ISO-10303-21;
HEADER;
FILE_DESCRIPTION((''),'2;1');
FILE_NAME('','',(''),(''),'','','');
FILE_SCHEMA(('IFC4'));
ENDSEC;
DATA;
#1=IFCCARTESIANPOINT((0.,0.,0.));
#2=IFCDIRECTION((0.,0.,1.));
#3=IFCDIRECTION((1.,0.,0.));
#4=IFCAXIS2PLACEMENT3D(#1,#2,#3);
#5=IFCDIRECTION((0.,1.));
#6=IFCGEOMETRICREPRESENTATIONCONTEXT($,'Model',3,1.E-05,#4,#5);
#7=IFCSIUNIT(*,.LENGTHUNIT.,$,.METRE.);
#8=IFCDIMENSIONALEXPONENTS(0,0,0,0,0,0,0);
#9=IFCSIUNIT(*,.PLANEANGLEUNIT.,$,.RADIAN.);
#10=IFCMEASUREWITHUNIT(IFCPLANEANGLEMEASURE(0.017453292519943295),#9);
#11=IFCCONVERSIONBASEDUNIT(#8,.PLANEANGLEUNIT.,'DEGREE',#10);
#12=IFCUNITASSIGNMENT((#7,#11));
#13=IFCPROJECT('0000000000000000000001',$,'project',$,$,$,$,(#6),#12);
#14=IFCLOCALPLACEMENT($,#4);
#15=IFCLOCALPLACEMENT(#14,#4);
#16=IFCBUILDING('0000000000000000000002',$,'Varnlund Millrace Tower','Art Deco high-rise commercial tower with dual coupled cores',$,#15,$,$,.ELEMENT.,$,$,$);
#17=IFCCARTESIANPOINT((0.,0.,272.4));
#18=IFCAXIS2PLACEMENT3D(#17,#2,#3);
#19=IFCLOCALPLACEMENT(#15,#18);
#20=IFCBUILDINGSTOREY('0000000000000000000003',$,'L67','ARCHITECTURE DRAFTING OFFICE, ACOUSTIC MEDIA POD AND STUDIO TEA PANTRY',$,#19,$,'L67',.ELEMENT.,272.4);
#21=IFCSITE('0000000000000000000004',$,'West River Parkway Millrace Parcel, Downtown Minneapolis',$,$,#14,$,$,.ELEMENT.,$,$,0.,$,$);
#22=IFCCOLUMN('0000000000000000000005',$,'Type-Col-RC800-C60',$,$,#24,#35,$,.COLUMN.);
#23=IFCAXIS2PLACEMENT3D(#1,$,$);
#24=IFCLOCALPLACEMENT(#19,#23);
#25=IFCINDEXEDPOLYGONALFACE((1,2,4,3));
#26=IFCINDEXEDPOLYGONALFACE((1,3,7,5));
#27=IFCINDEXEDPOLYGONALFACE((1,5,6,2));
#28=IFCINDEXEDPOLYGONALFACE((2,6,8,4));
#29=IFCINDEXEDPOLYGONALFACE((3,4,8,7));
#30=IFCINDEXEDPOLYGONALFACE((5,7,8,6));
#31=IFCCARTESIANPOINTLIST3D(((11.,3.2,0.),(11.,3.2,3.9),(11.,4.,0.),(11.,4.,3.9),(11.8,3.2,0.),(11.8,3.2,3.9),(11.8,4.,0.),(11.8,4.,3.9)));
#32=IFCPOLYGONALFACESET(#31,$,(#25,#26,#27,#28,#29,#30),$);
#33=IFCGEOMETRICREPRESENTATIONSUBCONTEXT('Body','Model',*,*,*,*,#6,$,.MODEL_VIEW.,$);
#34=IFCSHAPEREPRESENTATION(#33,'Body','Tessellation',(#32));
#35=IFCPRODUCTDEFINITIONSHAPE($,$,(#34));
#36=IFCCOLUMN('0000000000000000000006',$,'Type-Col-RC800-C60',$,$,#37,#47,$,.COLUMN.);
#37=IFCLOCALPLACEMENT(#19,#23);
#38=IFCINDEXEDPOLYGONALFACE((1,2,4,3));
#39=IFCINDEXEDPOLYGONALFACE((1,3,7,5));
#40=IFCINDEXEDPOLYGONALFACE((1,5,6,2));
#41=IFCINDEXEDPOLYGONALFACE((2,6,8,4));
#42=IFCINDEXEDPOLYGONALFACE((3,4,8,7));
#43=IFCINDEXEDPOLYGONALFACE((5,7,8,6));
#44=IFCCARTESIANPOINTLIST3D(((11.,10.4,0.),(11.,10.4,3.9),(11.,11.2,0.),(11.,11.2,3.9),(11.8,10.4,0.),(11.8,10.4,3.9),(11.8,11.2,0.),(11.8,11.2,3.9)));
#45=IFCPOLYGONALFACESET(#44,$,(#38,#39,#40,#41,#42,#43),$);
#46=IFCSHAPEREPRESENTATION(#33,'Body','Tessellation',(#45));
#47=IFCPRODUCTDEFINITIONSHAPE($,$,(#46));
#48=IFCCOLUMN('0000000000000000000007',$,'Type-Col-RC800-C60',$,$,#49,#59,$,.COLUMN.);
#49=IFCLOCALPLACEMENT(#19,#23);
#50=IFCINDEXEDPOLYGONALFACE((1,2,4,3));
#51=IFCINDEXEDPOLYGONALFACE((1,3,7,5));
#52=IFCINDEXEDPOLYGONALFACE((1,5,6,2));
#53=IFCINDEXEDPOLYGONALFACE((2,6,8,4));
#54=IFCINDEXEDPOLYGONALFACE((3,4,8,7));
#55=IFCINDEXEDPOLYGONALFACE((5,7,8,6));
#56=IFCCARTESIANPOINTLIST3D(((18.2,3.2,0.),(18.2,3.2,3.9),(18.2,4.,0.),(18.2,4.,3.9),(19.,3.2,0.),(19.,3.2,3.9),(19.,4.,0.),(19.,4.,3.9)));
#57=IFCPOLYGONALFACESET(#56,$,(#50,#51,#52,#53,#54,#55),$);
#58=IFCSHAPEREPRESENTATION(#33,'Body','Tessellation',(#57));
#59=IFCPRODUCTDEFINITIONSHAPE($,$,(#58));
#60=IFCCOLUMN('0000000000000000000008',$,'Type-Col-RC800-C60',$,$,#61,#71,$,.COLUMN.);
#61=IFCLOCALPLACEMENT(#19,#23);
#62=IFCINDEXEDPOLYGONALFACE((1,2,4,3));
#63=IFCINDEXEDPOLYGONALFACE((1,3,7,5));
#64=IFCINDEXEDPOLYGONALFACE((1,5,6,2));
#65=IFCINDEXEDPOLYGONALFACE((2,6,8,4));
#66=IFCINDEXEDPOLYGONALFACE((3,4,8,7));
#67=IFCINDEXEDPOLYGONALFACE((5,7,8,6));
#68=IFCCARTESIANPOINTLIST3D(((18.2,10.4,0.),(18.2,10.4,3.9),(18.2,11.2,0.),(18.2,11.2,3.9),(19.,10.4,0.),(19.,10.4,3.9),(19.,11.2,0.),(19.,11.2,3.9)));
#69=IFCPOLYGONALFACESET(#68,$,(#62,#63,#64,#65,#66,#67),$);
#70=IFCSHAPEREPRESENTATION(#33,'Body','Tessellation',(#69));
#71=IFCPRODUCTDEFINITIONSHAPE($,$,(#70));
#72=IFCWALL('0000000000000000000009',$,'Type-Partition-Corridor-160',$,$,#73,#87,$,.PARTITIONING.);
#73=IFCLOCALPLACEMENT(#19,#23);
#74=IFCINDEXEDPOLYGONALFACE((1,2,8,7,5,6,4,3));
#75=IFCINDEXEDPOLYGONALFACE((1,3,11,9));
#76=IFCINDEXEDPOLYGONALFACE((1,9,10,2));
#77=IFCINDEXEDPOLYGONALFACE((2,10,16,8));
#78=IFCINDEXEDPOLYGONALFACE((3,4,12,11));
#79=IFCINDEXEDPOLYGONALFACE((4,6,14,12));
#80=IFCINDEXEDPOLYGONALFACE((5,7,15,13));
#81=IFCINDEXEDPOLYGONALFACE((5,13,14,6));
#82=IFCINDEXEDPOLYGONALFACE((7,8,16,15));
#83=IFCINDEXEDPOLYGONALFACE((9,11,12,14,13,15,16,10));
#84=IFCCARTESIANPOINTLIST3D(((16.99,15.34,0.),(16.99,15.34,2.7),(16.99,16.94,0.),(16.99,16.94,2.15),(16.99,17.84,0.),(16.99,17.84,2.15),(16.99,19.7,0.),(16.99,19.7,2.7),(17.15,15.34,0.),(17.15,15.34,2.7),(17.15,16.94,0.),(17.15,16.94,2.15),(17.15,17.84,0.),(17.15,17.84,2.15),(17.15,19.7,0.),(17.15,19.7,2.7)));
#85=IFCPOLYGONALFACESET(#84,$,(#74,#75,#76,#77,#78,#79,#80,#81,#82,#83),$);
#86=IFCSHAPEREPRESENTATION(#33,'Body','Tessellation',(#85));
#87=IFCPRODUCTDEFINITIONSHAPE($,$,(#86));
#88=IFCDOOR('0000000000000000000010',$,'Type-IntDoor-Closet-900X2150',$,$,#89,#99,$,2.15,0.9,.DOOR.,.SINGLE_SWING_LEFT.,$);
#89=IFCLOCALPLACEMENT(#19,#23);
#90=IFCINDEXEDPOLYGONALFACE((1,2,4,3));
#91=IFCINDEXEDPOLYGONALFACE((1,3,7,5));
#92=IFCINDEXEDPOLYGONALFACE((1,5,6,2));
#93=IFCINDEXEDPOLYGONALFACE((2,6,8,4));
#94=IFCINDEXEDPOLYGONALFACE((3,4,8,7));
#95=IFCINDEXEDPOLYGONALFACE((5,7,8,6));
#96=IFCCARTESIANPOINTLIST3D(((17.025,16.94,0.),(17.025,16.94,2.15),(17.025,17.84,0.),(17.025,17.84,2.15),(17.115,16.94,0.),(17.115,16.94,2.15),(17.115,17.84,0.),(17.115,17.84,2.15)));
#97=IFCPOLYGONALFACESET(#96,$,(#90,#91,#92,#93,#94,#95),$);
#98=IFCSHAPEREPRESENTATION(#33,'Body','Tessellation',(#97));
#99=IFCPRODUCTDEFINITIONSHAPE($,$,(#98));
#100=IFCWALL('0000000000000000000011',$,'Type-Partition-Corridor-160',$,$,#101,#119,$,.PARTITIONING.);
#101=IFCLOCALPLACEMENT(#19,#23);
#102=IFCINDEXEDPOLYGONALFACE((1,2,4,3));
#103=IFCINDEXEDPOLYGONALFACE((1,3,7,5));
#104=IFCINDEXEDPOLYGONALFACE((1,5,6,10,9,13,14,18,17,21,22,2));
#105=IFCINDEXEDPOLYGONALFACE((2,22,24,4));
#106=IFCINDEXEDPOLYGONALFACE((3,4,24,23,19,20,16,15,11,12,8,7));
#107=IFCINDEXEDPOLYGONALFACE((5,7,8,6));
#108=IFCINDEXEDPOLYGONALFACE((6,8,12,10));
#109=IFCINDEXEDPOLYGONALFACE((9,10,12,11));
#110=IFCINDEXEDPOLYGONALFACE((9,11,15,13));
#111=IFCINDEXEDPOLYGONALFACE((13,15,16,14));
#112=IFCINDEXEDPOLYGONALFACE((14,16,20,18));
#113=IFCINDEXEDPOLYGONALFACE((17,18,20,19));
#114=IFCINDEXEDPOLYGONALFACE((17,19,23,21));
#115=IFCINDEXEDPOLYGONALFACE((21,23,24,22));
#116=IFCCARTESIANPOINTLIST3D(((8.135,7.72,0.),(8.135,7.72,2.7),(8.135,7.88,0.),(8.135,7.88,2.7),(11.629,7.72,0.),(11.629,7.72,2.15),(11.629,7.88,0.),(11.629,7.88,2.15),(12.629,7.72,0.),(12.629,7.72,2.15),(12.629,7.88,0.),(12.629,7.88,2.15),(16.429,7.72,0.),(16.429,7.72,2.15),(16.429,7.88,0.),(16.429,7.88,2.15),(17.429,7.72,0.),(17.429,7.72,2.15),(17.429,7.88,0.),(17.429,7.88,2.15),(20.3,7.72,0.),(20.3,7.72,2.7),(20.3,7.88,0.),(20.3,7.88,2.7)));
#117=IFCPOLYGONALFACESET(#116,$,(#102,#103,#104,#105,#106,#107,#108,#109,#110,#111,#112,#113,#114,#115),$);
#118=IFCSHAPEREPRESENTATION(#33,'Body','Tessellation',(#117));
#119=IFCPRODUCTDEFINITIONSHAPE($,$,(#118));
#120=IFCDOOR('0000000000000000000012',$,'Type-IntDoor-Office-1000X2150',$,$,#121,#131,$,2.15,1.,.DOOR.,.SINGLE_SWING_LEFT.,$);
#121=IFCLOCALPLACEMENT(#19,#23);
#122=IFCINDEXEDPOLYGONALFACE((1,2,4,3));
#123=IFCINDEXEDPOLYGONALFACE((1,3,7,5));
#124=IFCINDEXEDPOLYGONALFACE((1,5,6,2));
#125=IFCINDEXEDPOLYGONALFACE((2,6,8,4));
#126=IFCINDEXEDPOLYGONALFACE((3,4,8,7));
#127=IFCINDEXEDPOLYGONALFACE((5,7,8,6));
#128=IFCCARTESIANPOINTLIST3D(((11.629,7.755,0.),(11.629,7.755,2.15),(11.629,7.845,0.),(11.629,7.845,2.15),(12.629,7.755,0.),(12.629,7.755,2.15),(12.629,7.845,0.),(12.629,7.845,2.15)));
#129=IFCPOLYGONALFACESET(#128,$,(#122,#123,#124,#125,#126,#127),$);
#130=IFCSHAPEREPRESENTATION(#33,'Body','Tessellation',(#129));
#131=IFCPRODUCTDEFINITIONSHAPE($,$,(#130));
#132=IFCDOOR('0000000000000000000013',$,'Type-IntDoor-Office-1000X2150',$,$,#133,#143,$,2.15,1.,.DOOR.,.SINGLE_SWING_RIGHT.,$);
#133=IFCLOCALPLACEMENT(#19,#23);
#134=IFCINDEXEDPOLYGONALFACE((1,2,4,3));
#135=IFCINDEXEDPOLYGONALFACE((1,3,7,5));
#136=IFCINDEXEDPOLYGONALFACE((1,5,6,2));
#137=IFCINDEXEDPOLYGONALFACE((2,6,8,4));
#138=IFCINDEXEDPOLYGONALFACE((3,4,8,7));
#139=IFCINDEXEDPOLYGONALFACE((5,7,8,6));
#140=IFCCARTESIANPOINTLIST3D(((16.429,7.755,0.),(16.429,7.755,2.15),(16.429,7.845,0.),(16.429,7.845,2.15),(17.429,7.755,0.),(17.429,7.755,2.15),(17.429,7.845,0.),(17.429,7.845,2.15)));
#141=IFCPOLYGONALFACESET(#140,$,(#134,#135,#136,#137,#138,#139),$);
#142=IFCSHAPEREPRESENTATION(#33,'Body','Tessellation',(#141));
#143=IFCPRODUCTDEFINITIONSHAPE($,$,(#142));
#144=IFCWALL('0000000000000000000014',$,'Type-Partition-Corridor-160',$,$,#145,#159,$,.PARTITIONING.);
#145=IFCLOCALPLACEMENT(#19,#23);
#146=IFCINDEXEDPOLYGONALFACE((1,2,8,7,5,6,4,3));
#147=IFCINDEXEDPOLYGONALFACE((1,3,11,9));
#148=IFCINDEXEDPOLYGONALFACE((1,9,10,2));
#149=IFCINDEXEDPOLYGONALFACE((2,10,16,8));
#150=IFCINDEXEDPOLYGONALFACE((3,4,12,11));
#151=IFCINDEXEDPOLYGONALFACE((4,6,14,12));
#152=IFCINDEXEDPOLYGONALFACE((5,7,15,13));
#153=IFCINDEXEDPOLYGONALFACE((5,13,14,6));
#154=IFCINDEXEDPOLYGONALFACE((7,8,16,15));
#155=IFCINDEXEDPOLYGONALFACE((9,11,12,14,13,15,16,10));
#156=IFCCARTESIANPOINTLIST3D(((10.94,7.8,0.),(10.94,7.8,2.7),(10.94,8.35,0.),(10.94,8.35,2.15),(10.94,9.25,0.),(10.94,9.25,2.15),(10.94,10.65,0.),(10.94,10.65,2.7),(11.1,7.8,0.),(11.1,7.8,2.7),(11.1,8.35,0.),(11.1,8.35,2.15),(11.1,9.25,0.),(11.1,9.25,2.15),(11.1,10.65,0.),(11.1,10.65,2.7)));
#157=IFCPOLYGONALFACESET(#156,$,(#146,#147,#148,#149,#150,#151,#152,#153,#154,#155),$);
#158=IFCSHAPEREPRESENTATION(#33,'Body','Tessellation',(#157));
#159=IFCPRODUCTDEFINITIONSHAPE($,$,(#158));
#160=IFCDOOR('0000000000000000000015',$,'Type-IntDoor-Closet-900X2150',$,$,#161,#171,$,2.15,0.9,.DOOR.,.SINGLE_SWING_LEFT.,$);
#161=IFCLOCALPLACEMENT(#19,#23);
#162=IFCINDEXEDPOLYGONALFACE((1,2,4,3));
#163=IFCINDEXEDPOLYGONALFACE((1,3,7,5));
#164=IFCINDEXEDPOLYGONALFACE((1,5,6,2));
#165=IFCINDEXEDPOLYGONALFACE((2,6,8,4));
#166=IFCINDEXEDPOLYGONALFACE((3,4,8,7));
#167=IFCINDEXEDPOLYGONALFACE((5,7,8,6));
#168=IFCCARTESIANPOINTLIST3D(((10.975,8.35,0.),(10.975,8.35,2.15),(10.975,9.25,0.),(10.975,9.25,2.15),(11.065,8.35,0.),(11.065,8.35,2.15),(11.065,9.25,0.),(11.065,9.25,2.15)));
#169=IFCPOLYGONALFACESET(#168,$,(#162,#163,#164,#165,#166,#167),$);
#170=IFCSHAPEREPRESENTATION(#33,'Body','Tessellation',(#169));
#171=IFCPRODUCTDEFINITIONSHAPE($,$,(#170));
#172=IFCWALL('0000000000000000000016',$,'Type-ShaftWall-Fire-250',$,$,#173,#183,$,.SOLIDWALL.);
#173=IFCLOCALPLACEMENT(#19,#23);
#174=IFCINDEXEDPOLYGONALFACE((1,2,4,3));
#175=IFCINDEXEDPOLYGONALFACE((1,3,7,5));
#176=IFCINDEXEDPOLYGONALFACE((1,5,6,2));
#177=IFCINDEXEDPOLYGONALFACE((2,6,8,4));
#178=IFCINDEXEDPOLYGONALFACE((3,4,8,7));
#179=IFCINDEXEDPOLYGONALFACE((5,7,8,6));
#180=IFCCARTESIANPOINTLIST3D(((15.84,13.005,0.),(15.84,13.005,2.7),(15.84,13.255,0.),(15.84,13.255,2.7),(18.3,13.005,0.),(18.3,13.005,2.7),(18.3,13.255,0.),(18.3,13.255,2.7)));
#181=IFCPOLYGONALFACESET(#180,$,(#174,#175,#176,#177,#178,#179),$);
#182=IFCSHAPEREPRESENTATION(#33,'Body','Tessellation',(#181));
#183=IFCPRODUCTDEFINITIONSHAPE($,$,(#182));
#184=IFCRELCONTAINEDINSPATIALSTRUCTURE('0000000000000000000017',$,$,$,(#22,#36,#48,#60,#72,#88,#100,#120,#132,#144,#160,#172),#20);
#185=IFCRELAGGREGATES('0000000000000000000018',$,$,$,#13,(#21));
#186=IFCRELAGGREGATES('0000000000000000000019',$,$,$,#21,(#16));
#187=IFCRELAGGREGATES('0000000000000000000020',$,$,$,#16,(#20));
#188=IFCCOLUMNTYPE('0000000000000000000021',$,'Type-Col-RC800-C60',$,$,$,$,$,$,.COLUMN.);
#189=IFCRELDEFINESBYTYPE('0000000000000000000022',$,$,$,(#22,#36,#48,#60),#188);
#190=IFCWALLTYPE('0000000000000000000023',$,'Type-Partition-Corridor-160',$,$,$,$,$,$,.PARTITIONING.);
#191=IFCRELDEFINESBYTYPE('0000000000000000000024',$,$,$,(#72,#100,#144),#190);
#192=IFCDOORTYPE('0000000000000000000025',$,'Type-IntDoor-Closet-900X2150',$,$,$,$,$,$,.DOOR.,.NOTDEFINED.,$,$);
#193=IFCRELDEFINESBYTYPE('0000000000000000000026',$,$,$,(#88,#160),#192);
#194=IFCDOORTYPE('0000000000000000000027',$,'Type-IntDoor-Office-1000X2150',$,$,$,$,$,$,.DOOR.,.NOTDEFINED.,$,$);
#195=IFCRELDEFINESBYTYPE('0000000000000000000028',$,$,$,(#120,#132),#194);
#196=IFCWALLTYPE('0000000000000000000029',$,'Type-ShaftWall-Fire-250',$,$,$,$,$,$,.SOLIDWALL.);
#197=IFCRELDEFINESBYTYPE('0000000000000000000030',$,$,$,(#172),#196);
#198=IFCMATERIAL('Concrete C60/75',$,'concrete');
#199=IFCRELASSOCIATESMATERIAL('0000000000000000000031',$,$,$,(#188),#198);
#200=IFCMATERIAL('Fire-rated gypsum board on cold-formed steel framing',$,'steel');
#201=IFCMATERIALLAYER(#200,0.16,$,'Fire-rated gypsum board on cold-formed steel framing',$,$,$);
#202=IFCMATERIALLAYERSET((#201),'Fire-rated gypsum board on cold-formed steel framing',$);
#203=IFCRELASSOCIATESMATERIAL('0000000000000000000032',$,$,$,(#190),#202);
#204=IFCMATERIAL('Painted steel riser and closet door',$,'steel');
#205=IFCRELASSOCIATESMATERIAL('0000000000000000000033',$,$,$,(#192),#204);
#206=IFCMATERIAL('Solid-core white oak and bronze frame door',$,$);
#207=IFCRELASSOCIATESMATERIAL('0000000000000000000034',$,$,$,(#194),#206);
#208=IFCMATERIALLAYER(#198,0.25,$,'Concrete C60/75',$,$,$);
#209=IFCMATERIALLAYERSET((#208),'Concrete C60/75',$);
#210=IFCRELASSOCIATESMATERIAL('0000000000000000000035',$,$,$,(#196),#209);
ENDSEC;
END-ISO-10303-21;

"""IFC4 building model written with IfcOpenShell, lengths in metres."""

from ifc_helpers import new_model, entity, si_unit, converted_unit, direction, frame, origin_with_axes, origin_2d_with_axis, place, context, subcontext, project, spatial, polyline, rectangle, outline, extrude, material, layer, layer_set, material_profile, profile_set, type_object, element, fill, save


model = new_model("IFC4")

# Units and contexts
model_context = context("Model", 3, precision=1e-05, world=origin_with_axes(), true_north=direction((0.0, 1.0)))
body_context = subcontext(model_context, "Body", "Model", "MODEL_VIEW")
ifc_project = project(units=[si_unit("LENGTHUNIT", "METRE"), converted_unit("PLANEANGLEUNIT", "DEGREE", entity("IfcPlaneAngleMeasure", 0.017453292519943295), si_unit("PLANEANGLEUNIT", "RADIAN"), dimensions=[0, 0, 0, 0, 0, 0, 0])], contexts=[model_context])

# Site, building, storey
site_placement = place(None, origin_with_axes())
site = spatial("IfcSite", under=ifc_project, at=site_placement, Name="West River Parkway Millrace Parcel, Downtown Minneapolis", CompositionType="ELEMENT", RefElevation=0.0)
building_placement = place(site_placement, origin_with_axes())
building = spatial("IfcBuilding", under=site, at=building_placement, Name="Varnlund Millrace Tower", Description="Art Deco high-rise commercial tower with dual coupled cores", CompositionType="ELEMENT")
storey_placement = place(building_placement, frame((0.0, 0.0, 272.4), z_axis=(0.0, 0.0, 1.0), x_axis=(1.0, 0.0, 0.0)))
storey = spatial("IfcBuildingStorey", under=building, at=storey_placement, Name="L67", Description="ARCHITECTURE DRAFTING OFFICE, ACOUSTIC MEDIA POD AND STUDIO TEA PANTRY", LongName="L67", CompositionType="ELEMENT", Elevation=272.4)

# Columns
ifc_material_1 = material(Name="Concrete C60/75", Category="concrete")
ifc_material_profile = material_profile(ifc_material_1, rectangle(XDim=0.8, YDim=0.8, at=origin_2d_with_axis()), Name="Concrete C60/75")
ifc_profile_set = profile_set([ifc_material_profile], Name="Concrete C60/75")
column_type = type_object("IfcColumnType", Name="Type-Col-RC800-C60", PredefinedType="COLUMN", material=ifc_profile_set)
for number, where, z_axis, x_axis, name in (
    (1, (11.4, 3.6, 0.0), (0.0, 0.0, 1.0), (1.0, 0.0, 0.0), "Type-Col-RC800-C60"),
    (2, (11.4, 10.8, 0.0), (0.0, 0.0, 1.0), (1.0, 0.0, 0.0), "Type-Col-RC800-C60"),
    (3, (18.6, 3.6, 0.0), (0.0, 0.0, 1.0), (1.0, 0.0, 0.0), "Type-Col-RC800-C60"),
    (4, (18.6, 10.8, 0.0), (0.0, 0.0, 1.0), (1.0, 0.0, 0.0), "Type-Col-RC800-C60"),
):
    element("IfcColumn", number, at=place(storey_placement, frame(where, z_axis=z_axis, x_axis=x_axis)), inside=storey, type_object=column_type, Name=name, PredefinedType="COLUMN", context=body_context, shape_type="SweptSolid", body=[
        extrude(rectangle(XDim=0.8, YDim=0.8, at=origin_2d_with_axis()), origin_with_axes(), (0.0, 0.0, 1.0), 3.9),
    ])

# Wall, opening, door
ifc_material_2 = material(Name="Fire-rated gypsum board on cold-formed steel framing", Category="steel")
ifc_layer_1 = layer(ifc_material_2, 0.16, Name="Fire-rated gypsum board on cold-formed steel framing")
ifc_layer_set_1 = layer_set([ifc_layer_1], Name="Fire-rated gypsum board on cold-formed steel framing")
wall_type_1 = type_object("IfcWallType", Name="Type-Partition-Corridor-160", PredefinedType="PARTITIONING", material=ifc_layer_set_1)
wall_1_placement = place(storey_placement, frame((17.07, 15.34, 0.0), z_axis=(0.0, 0.0, 1.0), x_axis=(0.0, 1.0, 0.0)))
wall_1 = element("IfcWall", 5, at=wall_1_placement, inside=storey, type_object=wall_type_1, Name="Type-Partition-Corridor-160", PredefinedType="PARTITIONING", context=body_context, shape_type="SweptSolid", body=[
    extrude(outline(polyline([(0.0, -0.08), (4.36, -0.08), (4.36, 0.08), (0.0, 0.08), (0.0, -0.08)])), origin_with_axes(), (0.0, 0.0, 1.0), 2.7),
])
opening_1_placement = place(wall_1_placement, frame((2.05, 0.0, 0.0), z_axis=(0.0, 0.0, 1.0), x_axis=(1.0, 0.0, 0.0)))
opening_1 = element("IfcOpeningElement", 6, at=opening_1_placement, cuts=wall_1, PredefinedType="OPENING", context=body_context, shape_type="SweptSolid", body=[
    extrude(rectangle(XDim=0.9, YDim=0.18, at=origin_2d_with_axis()), origin_with_axes(), (0.0, 0.0, 1.0), 2.15),
])
ifc_material_3 = material(Name="Painted steel riser and closet door", Category="steel")
door_type_1 = type_object("IfcDoorType", Name="Type-IntDoor-Closet-900X2150", OperationType="NOTDEFINED", PredefinedType="DOOR", material=ifc_material_3)
door_1_placement = place(wall_1_placement, frame((2.05, 0.0, 0.0), z_axis=(0.0, 0.0, 1.0), x_axis=(1.0, 0.0, 0.0)))
door_1 = element("IfcDoor", 7, at=door_1_placement, inside=storey, type_object=door_type_1, Name="Type-IntDoor-Closet-900X2150", OperationType="SINGLE_SWING_LEFT", OverallHeight=2.15, OverallWidth=0.9, PredefinedType="DOOR", context=body_context, shape_type="SweptSolid", body=[
    extrude(rectangle(XDim=0.9, YDim=0.09, at=origin_2d_with_axis()), origin_with_axes(), (0.0, 0.0, 1.0), 2.15),
])
fill(opening_1, door_1)

# Wall, openings, doors
wall_2_placement = place(storey_placement, frame((8.135, 7.8, 0.0), z_axis=(0.0, 0.0, 1.0), x_axis=(1.0, 0.0, 0.0)))
wall_2 = element("IfcWall", 8, at=wall_2_placement, inside=storey, type_object=wall_type_1, Name="Type-Partition-Corridor-160", PredefinedType="PARTITIONING", context=body_context, shape_type="SweptSolid", body=[
    extrude(outline(polyline([(0.0, -0.08), (12.165, -0.08), (12.165, 0.08), (0.0, 0.08), (0.0, -0.08)])), origin_with_axes(), (0.0, 0.0, 1.0), 2.7),
])
opening_2_placement = place(wall_2_placement, frame((3.994, 0.0, 0.0), z_axis=(0.0, 0.0, 1.0), x_axis=(1.0, 0.0, 0.0)))
opening_2 = element("IfcOpeningElement", 9, at=opening_2_placement, cuts=wall_2, PredefinedType="OPENING", context=body_context, shape_type="SweptSolid", body=[
    extrude(rectangle(XDim=1.0, YDim=0.18, at=origin_2d_with_axis()), origin_with_axes(), (0.0, 0.0, 1.0), 2.15),
])
opening_3_placement = place(wall_2_placement, frame((8.794, 0.0, 0.0), z_axis=(0.0, 0.0, 1.0), x_axis=(1.0, 0.0, 0.0)))
opening_3 = element("IfcOpeningElement", 10, at=opening_3_placement, cuts=wall_2, PredefinedType="OPENING", context=body_context, shape_type="SweptSolid", body=[
    extrude(rectangle(XDim=1.0, YDim=0.18, at=origin_2d_with_axis()), origin_with_axes(), (0.0, 0.0, 1.0), 2.15),
])
ifc_material_4 = material(Name="Solid-core white oak and bronze frame door")
door_type_2 = type_object("IfcDoorType", Name="Type-IntDoor-Office-1000X2150", OperationType="NOTDEFINED", PredefinedType="DOOR", material=ifc_material_4)
door_2_placement = place(wall_2_placement, frame((3.994, 0.0, 0.0), z_axis=(0.0, 0.0, 1.0), x_axis=(1.0, 0.0, 0.0)))
door_2 = element("IfcDoor", 11, at=door_2_placement, inside=storey, type_object=door_type_2, Name="Type-IntDoor-Office-1000X2150", OperationType="SINGLE_SWING_LEFT", OverallHeight=2.15, OverallWidth=1.0, PredefinedType="DOOR", context=body_context, shape_type="SweptSolid", body=[
    extrude(rectangle(XDim=1.0, YDim=0.09, at=origin_2d_with_axis()), origin_with_axes(), (0.0, 0.0, 1.0), 2.15),
])
fill(opening_2, door_2)
door_3_placement = place(wall_2_placement, frame((8.794, 0.0, 0.0), z_axis=(0.0, 0.0, 1.0), x_axis=(1.0, 0.0, 0.0)))
door_3 = element("IfcDoor", 12, at=door_3_placement, inside=storey, type_object=door_type_2, Name="Type-IntDoor-Office-1000X2150", OperationType="SINGLE_SWING_RIGHT", OverallHeight=2.15, OverallWidth=1.0, PredefinedType="DOOR", context=body_context, shape_type="SweptSolid", body=[
    extrude(rectangle(XDim=1.0, YDim=0.09, at=origin_2d_with_axis()), origin_with_axes(), (0.0, 0.0, 1.0), 2.15),
])
fill(opening_3, door_3)

# Wall, opening, door
wall_3_placement = place(storey_placement, frame((11.02, 7.8, 0.0), z_axis=(0.0, 0.0, 1.0), x_axis=(0.0, 1.0, 0.0)))
wall_3 = element("IfcWall", 13, at=wall_3_placement, inside=storey, type_object=wall_type_1, Name="Type-Partition-Corridor-160", PredefinedType="PARTITIONING", context=body_context, shape_type="SweptSolid", body=[
    extrude(outline(polyline([(0.0, -0.08), (2.85, -0.08), (2.85, 0.08), (0.0, 0.08), (0.0, -0.08)])), origin_with_axes(), (0.0, 0.0, 1.0), 2.7),
])
opening_4_placement = place(wall_3_placement, frame((1.0, 0.0, 0.0), z_axis=(0.0, 0.0, 1.0), x_axis=(1.0, 0.0, 0.0)))
opening_4 = element("IfcOpeningElement", 14, at=opening_4_placement, cuts=wall_3, PredefinedType="OPENING", context=body_context, shape_type="SweptSolid", body=[
    extrude(rectangle(XDim=0.9, YDim=0.18, at=origin_2d_with_axis()), origin_with_axes(), (0.0, 0.0, 1.0), 2.15),
])
door_4_placement = place(wall_3_placement, frame((1.0, 0.0, 0.0), z_axis=(0.0, 0.0, 1.0), x_axis=(1.0, 0.0, 0.0)))
door_4 = element("IfcDoor", 15, at=door_4_placement, inside=storey, type_object=door_type_1, Name="Type-IntDoor-Closet-900X2150", OperationType="SINGLE_SWING_LEFT", OverallHeight=2.15, OverallWidth=0.9, PredefinedType="DOOR", context=body_context, shape_type="SweptSolid", body=[
    extrude(rectangle(XDim=0.9, YDim=0.09, at=origin_2d_with_axis()), origin_with_axes(), (0.0, 0.0, 1.0), 2.15),
])
fill(opening_4, door_4)

# Wall
ifc_layer_2 = layer(ifc_material_1, 0.25, Name="Concrete C60/75")
ifc_layer_set_2 = layer_set([ifc_layer_2], Name="Concrete C60/75")
wall_type_2 = type_object("IfcWallType", Name="Type-ShaftWall-Fire-250", PredefinedType="SOLIDWALL", material=ifc_layer_set_2)
for number, where, z_axis, x_axis, name in (
    (16, (15.84, 13.13, 0.0), (0.0, 0.0, 1.0), (1.0, 0.0, 0.0), "Type-ShaftWall-Fire-250"),
):
    element("IfcWall", number, at=place(storey_placement, frame(where, z_axis=z_axis, x_axis=x_axis)), inside=storey, type_object=wall_type_2, Name=name, PredefinedType="SOLIDWALL", context=body_context, shape_type="SweptSolid", body=[
        extrude(outline(polyline([(0.0, -0.125), (2.46, -0.125), (2.46, 0.125), (0.0, 0.125), (0.0, -0.125)])), origin_with_axes(), (0.0, 0.0, 1.0), 2.7),
    ])

save(model, "model.ifc")
